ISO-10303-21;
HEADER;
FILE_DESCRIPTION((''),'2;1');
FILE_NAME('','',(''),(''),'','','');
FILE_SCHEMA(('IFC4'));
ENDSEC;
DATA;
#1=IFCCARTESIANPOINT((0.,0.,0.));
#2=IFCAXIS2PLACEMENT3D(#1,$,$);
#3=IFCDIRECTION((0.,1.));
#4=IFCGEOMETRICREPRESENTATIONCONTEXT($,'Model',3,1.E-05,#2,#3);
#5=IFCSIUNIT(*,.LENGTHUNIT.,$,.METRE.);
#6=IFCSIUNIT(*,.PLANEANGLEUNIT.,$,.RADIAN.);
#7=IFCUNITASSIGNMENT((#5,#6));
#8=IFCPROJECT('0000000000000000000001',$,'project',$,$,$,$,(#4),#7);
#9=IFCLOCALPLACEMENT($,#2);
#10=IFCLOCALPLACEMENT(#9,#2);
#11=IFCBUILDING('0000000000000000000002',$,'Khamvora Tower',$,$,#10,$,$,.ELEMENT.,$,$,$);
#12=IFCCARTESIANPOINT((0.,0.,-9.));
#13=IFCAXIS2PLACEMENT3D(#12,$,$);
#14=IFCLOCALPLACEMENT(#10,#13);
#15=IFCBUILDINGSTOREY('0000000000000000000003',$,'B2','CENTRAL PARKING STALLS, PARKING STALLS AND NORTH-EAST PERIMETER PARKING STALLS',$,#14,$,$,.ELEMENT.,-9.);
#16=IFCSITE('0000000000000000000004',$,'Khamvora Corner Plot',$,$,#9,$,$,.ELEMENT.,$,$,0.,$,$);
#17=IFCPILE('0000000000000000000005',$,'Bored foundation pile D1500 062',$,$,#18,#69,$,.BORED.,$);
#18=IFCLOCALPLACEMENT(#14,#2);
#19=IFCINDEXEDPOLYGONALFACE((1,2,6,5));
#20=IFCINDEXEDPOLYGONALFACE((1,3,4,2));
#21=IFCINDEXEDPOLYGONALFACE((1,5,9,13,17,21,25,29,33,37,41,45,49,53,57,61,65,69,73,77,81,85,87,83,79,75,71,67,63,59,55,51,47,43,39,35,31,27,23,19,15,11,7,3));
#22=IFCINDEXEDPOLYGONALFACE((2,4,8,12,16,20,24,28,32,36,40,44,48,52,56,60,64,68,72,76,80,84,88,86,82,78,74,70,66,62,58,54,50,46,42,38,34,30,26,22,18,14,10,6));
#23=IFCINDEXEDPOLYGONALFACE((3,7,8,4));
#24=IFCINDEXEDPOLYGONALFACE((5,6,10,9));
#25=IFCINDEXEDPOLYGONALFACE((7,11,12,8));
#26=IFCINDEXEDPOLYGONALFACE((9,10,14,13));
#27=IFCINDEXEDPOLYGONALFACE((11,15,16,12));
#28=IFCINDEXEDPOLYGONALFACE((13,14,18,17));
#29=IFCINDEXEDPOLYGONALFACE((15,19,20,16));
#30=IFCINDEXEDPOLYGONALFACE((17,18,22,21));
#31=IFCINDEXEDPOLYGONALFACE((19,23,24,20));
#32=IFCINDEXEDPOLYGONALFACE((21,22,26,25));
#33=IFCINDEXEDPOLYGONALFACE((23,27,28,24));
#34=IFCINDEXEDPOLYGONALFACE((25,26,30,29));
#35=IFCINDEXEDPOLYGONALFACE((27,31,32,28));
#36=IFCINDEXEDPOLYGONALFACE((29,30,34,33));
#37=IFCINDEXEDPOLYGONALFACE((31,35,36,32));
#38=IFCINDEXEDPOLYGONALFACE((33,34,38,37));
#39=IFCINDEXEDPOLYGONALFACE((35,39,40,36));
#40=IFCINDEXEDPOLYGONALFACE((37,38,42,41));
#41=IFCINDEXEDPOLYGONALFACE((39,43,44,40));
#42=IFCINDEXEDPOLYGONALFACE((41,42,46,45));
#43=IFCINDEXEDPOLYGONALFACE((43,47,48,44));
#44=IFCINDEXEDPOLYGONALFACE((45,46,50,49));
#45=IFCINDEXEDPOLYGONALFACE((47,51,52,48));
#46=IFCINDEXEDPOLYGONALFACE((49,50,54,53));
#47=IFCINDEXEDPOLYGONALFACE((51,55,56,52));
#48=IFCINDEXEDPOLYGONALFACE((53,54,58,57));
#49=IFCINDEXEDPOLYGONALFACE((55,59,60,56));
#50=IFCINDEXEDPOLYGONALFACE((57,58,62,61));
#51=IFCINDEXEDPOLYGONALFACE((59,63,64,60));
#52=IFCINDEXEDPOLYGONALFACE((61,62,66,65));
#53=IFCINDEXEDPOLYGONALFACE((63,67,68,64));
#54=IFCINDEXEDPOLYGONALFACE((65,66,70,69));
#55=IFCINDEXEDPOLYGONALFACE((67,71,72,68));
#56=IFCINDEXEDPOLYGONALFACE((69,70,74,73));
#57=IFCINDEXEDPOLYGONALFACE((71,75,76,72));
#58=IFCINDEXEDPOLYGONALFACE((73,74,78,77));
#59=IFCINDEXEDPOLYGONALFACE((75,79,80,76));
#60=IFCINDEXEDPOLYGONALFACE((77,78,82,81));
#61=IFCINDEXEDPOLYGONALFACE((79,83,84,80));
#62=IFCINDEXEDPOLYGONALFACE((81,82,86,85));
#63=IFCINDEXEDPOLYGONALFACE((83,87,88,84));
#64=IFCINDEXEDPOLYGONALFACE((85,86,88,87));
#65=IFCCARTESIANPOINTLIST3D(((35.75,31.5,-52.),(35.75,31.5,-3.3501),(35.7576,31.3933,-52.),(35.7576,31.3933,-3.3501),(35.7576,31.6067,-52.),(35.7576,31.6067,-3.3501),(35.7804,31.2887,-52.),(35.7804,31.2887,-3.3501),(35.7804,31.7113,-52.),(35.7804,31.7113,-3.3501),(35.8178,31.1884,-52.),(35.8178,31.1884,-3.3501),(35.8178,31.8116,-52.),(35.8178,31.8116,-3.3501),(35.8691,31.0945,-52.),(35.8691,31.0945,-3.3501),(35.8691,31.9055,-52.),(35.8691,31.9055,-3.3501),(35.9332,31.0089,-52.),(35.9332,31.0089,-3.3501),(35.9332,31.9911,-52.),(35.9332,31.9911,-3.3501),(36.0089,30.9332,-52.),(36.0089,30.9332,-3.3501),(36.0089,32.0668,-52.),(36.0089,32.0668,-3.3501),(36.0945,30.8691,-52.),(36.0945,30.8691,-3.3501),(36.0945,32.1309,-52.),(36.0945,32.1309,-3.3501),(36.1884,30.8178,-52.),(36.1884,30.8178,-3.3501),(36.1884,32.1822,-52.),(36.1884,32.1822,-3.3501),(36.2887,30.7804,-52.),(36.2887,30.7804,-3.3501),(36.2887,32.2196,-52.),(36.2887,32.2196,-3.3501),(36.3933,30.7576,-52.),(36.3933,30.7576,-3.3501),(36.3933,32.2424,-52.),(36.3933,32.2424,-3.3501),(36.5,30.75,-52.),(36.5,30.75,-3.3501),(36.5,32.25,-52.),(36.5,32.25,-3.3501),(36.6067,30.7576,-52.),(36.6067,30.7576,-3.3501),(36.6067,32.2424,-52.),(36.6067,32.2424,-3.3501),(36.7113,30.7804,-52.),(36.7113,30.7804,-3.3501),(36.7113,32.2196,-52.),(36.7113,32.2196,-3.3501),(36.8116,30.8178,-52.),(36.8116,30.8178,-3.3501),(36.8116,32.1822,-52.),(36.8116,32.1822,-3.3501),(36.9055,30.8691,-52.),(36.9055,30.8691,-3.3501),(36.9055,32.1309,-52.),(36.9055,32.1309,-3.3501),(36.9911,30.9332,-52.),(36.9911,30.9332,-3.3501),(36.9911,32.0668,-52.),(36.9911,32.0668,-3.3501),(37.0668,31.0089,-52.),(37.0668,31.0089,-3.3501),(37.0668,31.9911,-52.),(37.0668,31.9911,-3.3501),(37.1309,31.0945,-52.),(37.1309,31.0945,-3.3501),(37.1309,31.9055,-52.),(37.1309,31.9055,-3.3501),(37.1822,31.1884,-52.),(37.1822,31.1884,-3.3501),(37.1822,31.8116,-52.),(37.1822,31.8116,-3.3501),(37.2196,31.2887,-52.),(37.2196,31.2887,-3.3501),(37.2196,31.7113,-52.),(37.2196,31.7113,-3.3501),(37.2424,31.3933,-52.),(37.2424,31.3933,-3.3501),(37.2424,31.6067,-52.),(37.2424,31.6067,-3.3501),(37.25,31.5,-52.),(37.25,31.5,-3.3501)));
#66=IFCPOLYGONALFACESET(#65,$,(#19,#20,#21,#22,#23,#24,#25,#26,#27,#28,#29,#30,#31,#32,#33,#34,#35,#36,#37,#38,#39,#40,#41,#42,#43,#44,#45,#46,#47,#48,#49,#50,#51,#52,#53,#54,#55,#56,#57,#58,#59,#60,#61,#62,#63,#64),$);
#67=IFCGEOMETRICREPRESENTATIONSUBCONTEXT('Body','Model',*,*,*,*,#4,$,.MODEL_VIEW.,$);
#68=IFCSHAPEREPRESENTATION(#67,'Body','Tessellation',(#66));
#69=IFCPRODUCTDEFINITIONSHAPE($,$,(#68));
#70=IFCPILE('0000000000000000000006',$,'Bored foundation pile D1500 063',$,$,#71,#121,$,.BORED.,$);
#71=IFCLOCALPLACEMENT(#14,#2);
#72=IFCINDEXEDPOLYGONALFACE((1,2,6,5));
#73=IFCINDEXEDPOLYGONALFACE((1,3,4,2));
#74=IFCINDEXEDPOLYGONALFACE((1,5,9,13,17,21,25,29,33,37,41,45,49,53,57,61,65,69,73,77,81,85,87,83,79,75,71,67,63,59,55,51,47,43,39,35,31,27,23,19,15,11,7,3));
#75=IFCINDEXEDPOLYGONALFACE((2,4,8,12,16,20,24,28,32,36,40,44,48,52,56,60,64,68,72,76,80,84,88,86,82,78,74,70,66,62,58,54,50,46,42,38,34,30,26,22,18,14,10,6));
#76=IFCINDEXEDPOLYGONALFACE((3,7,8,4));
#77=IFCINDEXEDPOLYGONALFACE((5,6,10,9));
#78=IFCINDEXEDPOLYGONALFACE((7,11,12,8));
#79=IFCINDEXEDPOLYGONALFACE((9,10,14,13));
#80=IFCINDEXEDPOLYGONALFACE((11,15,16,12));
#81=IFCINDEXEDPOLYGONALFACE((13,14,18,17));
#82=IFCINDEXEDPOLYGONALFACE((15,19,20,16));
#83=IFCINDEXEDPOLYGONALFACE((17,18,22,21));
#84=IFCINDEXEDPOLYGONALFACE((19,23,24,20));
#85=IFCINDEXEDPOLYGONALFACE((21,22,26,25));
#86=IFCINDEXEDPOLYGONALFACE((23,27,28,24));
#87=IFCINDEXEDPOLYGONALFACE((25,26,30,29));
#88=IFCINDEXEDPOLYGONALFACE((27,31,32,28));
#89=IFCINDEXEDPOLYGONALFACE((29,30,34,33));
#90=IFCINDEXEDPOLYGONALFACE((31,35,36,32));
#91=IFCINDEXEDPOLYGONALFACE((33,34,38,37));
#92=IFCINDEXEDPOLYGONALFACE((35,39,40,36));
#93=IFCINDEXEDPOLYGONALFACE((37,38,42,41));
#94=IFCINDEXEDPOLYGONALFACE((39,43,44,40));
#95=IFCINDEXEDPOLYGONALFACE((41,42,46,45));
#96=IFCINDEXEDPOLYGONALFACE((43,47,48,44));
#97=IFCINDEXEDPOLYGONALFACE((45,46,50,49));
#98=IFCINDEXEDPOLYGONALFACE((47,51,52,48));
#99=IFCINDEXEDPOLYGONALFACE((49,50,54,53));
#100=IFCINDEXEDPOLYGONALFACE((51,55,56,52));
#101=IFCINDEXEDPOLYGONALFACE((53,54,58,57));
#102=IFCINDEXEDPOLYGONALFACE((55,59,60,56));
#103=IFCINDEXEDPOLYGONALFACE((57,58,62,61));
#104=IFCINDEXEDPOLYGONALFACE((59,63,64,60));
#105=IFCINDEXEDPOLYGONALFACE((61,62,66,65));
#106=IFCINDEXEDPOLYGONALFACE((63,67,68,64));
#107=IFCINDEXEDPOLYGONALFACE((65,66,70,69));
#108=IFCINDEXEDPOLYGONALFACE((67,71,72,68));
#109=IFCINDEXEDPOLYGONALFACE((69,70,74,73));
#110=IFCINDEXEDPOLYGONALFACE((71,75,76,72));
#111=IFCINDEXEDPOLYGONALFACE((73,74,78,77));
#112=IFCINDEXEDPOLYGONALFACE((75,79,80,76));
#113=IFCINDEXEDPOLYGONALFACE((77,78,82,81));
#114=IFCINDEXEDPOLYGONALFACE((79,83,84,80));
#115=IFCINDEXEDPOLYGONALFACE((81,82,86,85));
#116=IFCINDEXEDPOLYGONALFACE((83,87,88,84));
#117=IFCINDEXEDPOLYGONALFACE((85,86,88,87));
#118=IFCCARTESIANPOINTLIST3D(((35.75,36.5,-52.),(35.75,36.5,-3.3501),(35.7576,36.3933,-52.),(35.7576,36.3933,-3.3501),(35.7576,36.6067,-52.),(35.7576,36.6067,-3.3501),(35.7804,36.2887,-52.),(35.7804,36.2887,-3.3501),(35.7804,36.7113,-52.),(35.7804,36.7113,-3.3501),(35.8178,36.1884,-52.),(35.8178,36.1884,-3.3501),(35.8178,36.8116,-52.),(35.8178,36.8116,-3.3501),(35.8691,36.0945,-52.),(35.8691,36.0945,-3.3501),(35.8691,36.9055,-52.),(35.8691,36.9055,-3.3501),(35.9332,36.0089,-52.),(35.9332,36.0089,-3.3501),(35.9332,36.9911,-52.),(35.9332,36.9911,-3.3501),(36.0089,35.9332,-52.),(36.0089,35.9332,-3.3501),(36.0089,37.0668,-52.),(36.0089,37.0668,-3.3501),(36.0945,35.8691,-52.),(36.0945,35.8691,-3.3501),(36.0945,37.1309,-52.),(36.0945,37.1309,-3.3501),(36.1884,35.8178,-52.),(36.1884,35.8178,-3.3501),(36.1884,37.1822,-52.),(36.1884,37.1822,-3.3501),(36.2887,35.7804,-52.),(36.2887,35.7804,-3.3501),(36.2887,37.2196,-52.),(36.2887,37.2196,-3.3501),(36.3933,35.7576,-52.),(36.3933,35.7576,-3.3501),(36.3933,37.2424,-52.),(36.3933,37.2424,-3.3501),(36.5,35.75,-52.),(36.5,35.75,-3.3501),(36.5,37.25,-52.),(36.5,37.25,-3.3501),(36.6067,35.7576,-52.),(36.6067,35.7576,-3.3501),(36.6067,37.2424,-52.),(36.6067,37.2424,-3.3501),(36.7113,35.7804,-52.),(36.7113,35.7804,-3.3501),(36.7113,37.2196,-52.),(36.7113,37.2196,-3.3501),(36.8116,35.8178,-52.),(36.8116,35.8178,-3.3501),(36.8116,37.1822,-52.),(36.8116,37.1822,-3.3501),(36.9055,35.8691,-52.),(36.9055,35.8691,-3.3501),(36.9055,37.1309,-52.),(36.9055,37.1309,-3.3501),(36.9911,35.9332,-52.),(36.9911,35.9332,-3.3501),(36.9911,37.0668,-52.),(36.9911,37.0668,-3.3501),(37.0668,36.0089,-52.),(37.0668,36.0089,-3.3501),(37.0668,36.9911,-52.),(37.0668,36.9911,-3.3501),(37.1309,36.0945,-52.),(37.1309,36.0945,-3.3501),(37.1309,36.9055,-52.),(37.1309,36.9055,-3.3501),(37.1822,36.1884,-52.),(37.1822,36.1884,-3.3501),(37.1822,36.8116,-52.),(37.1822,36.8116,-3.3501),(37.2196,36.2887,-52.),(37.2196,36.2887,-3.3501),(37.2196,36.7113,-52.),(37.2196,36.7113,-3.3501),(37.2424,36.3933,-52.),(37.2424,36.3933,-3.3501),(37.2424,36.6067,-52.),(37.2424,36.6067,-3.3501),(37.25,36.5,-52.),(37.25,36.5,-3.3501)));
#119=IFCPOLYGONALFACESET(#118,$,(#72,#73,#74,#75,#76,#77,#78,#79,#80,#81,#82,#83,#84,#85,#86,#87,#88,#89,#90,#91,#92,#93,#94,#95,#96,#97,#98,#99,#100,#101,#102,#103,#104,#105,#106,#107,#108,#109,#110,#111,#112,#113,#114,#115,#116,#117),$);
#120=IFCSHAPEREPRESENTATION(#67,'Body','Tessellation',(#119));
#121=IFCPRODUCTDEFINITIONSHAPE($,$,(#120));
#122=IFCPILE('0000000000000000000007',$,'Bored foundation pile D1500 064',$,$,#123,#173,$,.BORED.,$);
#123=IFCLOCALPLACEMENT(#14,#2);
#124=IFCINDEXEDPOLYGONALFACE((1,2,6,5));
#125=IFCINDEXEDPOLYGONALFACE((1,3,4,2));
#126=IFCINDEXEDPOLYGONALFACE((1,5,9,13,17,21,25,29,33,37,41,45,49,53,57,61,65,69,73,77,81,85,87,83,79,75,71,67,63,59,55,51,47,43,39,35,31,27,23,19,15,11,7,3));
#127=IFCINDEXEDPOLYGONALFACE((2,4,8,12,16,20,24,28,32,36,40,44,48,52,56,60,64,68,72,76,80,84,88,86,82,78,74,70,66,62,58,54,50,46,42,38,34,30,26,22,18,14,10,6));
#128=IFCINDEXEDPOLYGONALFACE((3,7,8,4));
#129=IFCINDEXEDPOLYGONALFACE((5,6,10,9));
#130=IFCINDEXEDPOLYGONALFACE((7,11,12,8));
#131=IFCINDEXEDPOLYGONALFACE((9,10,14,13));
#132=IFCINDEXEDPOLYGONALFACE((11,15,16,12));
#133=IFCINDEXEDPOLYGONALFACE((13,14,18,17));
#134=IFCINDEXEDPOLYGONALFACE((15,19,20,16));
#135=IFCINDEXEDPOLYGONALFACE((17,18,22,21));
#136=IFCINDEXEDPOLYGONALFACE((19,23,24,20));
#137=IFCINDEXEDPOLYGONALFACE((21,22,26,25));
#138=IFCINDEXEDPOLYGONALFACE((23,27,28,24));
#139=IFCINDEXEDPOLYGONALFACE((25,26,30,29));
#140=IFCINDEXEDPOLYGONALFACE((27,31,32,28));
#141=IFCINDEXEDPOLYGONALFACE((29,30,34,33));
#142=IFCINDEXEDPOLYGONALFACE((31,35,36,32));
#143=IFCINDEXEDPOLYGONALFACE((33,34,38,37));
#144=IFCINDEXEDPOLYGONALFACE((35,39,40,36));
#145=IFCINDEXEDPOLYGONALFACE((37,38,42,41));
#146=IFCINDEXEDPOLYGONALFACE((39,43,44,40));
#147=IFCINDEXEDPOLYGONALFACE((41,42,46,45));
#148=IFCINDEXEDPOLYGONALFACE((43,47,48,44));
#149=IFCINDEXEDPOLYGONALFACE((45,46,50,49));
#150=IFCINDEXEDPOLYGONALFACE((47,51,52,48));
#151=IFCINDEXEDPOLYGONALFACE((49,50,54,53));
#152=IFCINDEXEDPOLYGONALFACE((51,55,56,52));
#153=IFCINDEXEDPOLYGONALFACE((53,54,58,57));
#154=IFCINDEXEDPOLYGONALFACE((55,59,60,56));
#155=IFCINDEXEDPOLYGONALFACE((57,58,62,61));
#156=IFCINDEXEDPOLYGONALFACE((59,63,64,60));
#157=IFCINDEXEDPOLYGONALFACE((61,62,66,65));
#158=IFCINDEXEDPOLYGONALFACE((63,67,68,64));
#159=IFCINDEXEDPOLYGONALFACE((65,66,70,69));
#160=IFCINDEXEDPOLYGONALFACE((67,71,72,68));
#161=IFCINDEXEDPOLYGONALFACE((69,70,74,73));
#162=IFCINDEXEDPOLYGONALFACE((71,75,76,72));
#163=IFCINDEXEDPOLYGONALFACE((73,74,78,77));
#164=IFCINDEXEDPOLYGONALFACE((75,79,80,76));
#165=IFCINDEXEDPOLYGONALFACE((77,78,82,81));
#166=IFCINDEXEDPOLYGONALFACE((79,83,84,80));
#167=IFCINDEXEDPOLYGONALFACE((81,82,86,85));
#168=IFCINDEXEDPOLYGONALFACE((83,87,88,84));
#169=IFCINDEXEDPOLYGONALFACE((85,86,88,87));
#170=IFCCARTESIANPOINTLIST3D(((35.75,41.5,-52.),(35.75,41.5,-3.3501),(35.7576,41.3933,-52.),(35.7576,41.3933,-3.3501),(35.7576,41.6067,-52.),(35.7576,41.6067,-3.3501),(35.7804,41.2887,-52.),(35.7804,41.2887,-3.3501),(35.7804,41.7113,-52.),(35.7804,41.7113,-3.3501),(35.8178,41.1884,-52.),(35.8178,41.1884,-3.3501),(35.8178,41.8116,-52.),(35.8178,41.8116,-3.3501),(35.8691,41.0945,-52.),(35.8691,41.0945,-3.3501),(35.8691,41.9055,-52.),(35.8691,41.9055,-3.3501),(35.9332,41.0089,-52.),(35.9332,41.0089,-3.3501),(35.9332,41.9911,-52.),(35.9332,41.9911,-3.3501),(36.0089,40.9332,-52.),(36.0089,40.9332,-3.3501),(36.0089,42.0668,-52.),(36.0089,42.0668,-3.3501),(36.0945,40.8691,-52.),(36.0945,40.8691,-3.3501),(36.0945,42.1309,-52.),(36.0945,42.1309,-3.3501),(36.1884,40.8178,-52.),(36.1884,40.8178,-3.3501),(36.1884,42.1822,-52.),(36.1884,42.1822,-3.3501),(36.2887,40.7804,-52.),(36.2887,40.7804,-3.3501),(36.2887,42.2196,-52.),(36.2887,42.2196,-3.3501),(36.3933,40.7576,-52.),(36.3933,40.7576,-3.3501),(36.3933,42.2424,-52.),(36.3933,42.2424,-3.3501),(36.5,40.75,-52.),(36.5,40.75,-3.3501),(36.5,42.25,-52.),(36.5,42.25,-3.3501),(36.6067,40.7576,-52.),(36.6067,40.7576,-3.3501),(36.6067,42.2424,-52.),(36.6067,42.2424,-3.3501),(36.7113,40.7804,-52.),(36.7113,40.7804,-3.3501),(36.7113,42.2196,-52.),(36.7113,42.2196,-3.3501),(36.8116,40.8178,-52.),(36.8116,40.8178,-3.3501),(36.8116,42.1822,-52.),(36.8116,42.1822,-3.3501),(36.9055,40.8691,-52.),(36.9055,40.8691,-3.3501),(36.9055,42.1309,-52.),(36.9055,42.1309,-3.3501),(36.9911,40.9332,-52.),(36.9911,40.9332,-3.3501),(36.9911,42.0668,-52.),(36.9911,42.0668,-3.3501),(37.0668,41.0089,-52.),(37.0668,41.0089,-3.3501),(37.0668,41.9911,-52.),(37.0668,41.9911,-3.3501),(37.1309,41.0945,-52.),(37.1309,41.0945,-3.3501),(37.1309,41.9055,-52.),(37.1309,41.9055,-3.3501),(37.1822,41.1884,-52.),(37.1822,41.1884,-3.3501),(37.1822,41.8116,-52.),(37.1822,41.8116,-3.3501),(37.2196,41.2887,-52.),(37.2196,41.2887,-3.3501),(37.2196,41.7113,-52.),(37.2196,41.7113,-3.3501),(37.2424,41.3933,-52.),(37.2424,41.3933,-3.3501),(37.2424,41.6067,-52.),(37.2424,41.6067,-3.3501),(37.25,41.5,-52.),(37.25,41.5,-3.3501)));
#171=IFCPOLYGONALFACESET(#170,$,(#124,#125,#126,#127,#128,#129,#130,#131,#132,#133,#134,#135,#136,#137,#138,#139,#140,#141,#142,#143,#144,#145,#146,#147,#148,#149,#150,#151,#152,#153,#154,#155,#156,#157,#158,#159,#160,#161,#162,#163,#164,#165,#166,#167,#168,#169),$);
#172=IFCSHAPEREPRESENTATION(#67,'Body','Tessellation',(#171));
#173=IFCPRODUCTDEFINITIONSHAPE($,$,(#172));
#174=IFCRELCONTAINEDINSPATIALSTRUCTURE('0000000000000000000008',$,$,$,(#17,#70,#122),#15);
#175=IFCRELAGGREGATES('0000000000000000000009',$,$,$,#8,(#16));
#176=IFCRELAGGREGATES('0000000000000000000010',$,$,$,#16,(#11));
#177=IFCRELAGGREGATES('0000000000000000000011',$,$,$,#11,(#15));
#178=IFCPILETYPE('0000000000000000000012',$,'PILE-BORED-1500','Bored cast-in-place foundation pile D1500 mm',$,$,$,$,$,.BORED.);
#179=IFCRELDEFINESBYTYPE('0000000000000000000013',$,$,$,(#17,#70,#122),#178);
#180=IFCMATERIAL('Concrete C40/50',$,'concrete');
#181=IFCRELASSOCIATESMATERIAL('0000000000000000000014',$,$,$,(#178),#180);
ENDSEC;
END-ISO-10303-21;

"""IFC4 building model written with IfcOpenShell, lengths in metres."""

from ifc_helpers import new_model, si_unit, direction, frame, origin, origin_2d, place, context, subcontext, project, spatial, circle, extrude, material, material_profile, profile_set, type_object, element, save


model = new_model("IFC4")

# Units and contexts
model_context = context("Model", 3, precision=1e-05, world=origin(), true_north=direction((0.0, 1.0)))
body_context = subcontext(model_context, "Body", "Model", "MODEL_VIEW")
ifc_project = project(units=[si_unit("LENGTHUNIT", "METRE"), si_unit("PLANEANGLEUNIT", "RADIAN")], contexts=[model_context])

# Site, building, storey
site_placement = place(None, origin())
site = spatial("IfcSite", under=ifc_project, at=site_placement, Name="Khamvora Corner Plot", CompositionType="ELEMENT", RefElevation=0.0)
building_placement = place(site_placement, origin())
building = spatial("IfcBuilding", under=site, at=building_placement, Name="Khamvora Tower", CompositionType="ELEMENT")
storey_placement = place(building_placement, frame((0.0, 0.0, -9.0)))
storey = spatial("IfcBuildingStorey", under=building, at=storey_placement, Name="B2", Description="CENTRAL PARKING STALLS, PARKING STALLS AND NORTH-EAST PERIMETER PARKING STALLS", CompositionType="ELEMENT", Elevation=-9.0)

# Piles
ifc_material_1 = material(Name="Concrete C40/50", Category="concrete")
ifc_material_profile_1 = material_profile(ifc_material_1, circle(Radius=0.75, at=origin_2d()), Name="PILE_D1500")
ifc_profile_set_1 = profile_set([ifc_material_profile_1], Name="Concrete C40/50")
pile_type = type_object("IfcPileType", Name="PILE-BORED-1500", Description="Bored cast-in-place foundation pile D1500 mm", PredefinedType="BORED", material=ifc_profile_set_1)
for number, where, z_axis, x_axis, name in (
    (1, (36.5, 31.5, -3.3501), (0.0, 0.0, -1.0), (1.0, 0.0, 0.0), "Bored foundation pile D1500 062"),
    (2, (36.5, 36.5, -3.3501), (0.0, 0.0, -1.0), (1.0, 0.0, 0.0), "Bored foundation pile D1500 063"),
    (3, (36.5, 41.5, -3.3501), (0.0, 0.0, -1.0), (1.0, 0.0, 0.0), "Bored foundation pile D1500 064"),
):
    element("IfcPile", number, at=place(storey_placement, frame(where, z_axis=z_axis, x_axis=x_axis)), inside=storey, type_object=pile_type, Name=name, PredefinedType="BORED", context=body_context, shape_type="SweptSolid", body=[
        extrude(circle(Radius=0.75, at=origin_2d()), origin(), (0.0, 0.0, 1.0), 48.6499),
    ])

save(model, "model.ifc")
